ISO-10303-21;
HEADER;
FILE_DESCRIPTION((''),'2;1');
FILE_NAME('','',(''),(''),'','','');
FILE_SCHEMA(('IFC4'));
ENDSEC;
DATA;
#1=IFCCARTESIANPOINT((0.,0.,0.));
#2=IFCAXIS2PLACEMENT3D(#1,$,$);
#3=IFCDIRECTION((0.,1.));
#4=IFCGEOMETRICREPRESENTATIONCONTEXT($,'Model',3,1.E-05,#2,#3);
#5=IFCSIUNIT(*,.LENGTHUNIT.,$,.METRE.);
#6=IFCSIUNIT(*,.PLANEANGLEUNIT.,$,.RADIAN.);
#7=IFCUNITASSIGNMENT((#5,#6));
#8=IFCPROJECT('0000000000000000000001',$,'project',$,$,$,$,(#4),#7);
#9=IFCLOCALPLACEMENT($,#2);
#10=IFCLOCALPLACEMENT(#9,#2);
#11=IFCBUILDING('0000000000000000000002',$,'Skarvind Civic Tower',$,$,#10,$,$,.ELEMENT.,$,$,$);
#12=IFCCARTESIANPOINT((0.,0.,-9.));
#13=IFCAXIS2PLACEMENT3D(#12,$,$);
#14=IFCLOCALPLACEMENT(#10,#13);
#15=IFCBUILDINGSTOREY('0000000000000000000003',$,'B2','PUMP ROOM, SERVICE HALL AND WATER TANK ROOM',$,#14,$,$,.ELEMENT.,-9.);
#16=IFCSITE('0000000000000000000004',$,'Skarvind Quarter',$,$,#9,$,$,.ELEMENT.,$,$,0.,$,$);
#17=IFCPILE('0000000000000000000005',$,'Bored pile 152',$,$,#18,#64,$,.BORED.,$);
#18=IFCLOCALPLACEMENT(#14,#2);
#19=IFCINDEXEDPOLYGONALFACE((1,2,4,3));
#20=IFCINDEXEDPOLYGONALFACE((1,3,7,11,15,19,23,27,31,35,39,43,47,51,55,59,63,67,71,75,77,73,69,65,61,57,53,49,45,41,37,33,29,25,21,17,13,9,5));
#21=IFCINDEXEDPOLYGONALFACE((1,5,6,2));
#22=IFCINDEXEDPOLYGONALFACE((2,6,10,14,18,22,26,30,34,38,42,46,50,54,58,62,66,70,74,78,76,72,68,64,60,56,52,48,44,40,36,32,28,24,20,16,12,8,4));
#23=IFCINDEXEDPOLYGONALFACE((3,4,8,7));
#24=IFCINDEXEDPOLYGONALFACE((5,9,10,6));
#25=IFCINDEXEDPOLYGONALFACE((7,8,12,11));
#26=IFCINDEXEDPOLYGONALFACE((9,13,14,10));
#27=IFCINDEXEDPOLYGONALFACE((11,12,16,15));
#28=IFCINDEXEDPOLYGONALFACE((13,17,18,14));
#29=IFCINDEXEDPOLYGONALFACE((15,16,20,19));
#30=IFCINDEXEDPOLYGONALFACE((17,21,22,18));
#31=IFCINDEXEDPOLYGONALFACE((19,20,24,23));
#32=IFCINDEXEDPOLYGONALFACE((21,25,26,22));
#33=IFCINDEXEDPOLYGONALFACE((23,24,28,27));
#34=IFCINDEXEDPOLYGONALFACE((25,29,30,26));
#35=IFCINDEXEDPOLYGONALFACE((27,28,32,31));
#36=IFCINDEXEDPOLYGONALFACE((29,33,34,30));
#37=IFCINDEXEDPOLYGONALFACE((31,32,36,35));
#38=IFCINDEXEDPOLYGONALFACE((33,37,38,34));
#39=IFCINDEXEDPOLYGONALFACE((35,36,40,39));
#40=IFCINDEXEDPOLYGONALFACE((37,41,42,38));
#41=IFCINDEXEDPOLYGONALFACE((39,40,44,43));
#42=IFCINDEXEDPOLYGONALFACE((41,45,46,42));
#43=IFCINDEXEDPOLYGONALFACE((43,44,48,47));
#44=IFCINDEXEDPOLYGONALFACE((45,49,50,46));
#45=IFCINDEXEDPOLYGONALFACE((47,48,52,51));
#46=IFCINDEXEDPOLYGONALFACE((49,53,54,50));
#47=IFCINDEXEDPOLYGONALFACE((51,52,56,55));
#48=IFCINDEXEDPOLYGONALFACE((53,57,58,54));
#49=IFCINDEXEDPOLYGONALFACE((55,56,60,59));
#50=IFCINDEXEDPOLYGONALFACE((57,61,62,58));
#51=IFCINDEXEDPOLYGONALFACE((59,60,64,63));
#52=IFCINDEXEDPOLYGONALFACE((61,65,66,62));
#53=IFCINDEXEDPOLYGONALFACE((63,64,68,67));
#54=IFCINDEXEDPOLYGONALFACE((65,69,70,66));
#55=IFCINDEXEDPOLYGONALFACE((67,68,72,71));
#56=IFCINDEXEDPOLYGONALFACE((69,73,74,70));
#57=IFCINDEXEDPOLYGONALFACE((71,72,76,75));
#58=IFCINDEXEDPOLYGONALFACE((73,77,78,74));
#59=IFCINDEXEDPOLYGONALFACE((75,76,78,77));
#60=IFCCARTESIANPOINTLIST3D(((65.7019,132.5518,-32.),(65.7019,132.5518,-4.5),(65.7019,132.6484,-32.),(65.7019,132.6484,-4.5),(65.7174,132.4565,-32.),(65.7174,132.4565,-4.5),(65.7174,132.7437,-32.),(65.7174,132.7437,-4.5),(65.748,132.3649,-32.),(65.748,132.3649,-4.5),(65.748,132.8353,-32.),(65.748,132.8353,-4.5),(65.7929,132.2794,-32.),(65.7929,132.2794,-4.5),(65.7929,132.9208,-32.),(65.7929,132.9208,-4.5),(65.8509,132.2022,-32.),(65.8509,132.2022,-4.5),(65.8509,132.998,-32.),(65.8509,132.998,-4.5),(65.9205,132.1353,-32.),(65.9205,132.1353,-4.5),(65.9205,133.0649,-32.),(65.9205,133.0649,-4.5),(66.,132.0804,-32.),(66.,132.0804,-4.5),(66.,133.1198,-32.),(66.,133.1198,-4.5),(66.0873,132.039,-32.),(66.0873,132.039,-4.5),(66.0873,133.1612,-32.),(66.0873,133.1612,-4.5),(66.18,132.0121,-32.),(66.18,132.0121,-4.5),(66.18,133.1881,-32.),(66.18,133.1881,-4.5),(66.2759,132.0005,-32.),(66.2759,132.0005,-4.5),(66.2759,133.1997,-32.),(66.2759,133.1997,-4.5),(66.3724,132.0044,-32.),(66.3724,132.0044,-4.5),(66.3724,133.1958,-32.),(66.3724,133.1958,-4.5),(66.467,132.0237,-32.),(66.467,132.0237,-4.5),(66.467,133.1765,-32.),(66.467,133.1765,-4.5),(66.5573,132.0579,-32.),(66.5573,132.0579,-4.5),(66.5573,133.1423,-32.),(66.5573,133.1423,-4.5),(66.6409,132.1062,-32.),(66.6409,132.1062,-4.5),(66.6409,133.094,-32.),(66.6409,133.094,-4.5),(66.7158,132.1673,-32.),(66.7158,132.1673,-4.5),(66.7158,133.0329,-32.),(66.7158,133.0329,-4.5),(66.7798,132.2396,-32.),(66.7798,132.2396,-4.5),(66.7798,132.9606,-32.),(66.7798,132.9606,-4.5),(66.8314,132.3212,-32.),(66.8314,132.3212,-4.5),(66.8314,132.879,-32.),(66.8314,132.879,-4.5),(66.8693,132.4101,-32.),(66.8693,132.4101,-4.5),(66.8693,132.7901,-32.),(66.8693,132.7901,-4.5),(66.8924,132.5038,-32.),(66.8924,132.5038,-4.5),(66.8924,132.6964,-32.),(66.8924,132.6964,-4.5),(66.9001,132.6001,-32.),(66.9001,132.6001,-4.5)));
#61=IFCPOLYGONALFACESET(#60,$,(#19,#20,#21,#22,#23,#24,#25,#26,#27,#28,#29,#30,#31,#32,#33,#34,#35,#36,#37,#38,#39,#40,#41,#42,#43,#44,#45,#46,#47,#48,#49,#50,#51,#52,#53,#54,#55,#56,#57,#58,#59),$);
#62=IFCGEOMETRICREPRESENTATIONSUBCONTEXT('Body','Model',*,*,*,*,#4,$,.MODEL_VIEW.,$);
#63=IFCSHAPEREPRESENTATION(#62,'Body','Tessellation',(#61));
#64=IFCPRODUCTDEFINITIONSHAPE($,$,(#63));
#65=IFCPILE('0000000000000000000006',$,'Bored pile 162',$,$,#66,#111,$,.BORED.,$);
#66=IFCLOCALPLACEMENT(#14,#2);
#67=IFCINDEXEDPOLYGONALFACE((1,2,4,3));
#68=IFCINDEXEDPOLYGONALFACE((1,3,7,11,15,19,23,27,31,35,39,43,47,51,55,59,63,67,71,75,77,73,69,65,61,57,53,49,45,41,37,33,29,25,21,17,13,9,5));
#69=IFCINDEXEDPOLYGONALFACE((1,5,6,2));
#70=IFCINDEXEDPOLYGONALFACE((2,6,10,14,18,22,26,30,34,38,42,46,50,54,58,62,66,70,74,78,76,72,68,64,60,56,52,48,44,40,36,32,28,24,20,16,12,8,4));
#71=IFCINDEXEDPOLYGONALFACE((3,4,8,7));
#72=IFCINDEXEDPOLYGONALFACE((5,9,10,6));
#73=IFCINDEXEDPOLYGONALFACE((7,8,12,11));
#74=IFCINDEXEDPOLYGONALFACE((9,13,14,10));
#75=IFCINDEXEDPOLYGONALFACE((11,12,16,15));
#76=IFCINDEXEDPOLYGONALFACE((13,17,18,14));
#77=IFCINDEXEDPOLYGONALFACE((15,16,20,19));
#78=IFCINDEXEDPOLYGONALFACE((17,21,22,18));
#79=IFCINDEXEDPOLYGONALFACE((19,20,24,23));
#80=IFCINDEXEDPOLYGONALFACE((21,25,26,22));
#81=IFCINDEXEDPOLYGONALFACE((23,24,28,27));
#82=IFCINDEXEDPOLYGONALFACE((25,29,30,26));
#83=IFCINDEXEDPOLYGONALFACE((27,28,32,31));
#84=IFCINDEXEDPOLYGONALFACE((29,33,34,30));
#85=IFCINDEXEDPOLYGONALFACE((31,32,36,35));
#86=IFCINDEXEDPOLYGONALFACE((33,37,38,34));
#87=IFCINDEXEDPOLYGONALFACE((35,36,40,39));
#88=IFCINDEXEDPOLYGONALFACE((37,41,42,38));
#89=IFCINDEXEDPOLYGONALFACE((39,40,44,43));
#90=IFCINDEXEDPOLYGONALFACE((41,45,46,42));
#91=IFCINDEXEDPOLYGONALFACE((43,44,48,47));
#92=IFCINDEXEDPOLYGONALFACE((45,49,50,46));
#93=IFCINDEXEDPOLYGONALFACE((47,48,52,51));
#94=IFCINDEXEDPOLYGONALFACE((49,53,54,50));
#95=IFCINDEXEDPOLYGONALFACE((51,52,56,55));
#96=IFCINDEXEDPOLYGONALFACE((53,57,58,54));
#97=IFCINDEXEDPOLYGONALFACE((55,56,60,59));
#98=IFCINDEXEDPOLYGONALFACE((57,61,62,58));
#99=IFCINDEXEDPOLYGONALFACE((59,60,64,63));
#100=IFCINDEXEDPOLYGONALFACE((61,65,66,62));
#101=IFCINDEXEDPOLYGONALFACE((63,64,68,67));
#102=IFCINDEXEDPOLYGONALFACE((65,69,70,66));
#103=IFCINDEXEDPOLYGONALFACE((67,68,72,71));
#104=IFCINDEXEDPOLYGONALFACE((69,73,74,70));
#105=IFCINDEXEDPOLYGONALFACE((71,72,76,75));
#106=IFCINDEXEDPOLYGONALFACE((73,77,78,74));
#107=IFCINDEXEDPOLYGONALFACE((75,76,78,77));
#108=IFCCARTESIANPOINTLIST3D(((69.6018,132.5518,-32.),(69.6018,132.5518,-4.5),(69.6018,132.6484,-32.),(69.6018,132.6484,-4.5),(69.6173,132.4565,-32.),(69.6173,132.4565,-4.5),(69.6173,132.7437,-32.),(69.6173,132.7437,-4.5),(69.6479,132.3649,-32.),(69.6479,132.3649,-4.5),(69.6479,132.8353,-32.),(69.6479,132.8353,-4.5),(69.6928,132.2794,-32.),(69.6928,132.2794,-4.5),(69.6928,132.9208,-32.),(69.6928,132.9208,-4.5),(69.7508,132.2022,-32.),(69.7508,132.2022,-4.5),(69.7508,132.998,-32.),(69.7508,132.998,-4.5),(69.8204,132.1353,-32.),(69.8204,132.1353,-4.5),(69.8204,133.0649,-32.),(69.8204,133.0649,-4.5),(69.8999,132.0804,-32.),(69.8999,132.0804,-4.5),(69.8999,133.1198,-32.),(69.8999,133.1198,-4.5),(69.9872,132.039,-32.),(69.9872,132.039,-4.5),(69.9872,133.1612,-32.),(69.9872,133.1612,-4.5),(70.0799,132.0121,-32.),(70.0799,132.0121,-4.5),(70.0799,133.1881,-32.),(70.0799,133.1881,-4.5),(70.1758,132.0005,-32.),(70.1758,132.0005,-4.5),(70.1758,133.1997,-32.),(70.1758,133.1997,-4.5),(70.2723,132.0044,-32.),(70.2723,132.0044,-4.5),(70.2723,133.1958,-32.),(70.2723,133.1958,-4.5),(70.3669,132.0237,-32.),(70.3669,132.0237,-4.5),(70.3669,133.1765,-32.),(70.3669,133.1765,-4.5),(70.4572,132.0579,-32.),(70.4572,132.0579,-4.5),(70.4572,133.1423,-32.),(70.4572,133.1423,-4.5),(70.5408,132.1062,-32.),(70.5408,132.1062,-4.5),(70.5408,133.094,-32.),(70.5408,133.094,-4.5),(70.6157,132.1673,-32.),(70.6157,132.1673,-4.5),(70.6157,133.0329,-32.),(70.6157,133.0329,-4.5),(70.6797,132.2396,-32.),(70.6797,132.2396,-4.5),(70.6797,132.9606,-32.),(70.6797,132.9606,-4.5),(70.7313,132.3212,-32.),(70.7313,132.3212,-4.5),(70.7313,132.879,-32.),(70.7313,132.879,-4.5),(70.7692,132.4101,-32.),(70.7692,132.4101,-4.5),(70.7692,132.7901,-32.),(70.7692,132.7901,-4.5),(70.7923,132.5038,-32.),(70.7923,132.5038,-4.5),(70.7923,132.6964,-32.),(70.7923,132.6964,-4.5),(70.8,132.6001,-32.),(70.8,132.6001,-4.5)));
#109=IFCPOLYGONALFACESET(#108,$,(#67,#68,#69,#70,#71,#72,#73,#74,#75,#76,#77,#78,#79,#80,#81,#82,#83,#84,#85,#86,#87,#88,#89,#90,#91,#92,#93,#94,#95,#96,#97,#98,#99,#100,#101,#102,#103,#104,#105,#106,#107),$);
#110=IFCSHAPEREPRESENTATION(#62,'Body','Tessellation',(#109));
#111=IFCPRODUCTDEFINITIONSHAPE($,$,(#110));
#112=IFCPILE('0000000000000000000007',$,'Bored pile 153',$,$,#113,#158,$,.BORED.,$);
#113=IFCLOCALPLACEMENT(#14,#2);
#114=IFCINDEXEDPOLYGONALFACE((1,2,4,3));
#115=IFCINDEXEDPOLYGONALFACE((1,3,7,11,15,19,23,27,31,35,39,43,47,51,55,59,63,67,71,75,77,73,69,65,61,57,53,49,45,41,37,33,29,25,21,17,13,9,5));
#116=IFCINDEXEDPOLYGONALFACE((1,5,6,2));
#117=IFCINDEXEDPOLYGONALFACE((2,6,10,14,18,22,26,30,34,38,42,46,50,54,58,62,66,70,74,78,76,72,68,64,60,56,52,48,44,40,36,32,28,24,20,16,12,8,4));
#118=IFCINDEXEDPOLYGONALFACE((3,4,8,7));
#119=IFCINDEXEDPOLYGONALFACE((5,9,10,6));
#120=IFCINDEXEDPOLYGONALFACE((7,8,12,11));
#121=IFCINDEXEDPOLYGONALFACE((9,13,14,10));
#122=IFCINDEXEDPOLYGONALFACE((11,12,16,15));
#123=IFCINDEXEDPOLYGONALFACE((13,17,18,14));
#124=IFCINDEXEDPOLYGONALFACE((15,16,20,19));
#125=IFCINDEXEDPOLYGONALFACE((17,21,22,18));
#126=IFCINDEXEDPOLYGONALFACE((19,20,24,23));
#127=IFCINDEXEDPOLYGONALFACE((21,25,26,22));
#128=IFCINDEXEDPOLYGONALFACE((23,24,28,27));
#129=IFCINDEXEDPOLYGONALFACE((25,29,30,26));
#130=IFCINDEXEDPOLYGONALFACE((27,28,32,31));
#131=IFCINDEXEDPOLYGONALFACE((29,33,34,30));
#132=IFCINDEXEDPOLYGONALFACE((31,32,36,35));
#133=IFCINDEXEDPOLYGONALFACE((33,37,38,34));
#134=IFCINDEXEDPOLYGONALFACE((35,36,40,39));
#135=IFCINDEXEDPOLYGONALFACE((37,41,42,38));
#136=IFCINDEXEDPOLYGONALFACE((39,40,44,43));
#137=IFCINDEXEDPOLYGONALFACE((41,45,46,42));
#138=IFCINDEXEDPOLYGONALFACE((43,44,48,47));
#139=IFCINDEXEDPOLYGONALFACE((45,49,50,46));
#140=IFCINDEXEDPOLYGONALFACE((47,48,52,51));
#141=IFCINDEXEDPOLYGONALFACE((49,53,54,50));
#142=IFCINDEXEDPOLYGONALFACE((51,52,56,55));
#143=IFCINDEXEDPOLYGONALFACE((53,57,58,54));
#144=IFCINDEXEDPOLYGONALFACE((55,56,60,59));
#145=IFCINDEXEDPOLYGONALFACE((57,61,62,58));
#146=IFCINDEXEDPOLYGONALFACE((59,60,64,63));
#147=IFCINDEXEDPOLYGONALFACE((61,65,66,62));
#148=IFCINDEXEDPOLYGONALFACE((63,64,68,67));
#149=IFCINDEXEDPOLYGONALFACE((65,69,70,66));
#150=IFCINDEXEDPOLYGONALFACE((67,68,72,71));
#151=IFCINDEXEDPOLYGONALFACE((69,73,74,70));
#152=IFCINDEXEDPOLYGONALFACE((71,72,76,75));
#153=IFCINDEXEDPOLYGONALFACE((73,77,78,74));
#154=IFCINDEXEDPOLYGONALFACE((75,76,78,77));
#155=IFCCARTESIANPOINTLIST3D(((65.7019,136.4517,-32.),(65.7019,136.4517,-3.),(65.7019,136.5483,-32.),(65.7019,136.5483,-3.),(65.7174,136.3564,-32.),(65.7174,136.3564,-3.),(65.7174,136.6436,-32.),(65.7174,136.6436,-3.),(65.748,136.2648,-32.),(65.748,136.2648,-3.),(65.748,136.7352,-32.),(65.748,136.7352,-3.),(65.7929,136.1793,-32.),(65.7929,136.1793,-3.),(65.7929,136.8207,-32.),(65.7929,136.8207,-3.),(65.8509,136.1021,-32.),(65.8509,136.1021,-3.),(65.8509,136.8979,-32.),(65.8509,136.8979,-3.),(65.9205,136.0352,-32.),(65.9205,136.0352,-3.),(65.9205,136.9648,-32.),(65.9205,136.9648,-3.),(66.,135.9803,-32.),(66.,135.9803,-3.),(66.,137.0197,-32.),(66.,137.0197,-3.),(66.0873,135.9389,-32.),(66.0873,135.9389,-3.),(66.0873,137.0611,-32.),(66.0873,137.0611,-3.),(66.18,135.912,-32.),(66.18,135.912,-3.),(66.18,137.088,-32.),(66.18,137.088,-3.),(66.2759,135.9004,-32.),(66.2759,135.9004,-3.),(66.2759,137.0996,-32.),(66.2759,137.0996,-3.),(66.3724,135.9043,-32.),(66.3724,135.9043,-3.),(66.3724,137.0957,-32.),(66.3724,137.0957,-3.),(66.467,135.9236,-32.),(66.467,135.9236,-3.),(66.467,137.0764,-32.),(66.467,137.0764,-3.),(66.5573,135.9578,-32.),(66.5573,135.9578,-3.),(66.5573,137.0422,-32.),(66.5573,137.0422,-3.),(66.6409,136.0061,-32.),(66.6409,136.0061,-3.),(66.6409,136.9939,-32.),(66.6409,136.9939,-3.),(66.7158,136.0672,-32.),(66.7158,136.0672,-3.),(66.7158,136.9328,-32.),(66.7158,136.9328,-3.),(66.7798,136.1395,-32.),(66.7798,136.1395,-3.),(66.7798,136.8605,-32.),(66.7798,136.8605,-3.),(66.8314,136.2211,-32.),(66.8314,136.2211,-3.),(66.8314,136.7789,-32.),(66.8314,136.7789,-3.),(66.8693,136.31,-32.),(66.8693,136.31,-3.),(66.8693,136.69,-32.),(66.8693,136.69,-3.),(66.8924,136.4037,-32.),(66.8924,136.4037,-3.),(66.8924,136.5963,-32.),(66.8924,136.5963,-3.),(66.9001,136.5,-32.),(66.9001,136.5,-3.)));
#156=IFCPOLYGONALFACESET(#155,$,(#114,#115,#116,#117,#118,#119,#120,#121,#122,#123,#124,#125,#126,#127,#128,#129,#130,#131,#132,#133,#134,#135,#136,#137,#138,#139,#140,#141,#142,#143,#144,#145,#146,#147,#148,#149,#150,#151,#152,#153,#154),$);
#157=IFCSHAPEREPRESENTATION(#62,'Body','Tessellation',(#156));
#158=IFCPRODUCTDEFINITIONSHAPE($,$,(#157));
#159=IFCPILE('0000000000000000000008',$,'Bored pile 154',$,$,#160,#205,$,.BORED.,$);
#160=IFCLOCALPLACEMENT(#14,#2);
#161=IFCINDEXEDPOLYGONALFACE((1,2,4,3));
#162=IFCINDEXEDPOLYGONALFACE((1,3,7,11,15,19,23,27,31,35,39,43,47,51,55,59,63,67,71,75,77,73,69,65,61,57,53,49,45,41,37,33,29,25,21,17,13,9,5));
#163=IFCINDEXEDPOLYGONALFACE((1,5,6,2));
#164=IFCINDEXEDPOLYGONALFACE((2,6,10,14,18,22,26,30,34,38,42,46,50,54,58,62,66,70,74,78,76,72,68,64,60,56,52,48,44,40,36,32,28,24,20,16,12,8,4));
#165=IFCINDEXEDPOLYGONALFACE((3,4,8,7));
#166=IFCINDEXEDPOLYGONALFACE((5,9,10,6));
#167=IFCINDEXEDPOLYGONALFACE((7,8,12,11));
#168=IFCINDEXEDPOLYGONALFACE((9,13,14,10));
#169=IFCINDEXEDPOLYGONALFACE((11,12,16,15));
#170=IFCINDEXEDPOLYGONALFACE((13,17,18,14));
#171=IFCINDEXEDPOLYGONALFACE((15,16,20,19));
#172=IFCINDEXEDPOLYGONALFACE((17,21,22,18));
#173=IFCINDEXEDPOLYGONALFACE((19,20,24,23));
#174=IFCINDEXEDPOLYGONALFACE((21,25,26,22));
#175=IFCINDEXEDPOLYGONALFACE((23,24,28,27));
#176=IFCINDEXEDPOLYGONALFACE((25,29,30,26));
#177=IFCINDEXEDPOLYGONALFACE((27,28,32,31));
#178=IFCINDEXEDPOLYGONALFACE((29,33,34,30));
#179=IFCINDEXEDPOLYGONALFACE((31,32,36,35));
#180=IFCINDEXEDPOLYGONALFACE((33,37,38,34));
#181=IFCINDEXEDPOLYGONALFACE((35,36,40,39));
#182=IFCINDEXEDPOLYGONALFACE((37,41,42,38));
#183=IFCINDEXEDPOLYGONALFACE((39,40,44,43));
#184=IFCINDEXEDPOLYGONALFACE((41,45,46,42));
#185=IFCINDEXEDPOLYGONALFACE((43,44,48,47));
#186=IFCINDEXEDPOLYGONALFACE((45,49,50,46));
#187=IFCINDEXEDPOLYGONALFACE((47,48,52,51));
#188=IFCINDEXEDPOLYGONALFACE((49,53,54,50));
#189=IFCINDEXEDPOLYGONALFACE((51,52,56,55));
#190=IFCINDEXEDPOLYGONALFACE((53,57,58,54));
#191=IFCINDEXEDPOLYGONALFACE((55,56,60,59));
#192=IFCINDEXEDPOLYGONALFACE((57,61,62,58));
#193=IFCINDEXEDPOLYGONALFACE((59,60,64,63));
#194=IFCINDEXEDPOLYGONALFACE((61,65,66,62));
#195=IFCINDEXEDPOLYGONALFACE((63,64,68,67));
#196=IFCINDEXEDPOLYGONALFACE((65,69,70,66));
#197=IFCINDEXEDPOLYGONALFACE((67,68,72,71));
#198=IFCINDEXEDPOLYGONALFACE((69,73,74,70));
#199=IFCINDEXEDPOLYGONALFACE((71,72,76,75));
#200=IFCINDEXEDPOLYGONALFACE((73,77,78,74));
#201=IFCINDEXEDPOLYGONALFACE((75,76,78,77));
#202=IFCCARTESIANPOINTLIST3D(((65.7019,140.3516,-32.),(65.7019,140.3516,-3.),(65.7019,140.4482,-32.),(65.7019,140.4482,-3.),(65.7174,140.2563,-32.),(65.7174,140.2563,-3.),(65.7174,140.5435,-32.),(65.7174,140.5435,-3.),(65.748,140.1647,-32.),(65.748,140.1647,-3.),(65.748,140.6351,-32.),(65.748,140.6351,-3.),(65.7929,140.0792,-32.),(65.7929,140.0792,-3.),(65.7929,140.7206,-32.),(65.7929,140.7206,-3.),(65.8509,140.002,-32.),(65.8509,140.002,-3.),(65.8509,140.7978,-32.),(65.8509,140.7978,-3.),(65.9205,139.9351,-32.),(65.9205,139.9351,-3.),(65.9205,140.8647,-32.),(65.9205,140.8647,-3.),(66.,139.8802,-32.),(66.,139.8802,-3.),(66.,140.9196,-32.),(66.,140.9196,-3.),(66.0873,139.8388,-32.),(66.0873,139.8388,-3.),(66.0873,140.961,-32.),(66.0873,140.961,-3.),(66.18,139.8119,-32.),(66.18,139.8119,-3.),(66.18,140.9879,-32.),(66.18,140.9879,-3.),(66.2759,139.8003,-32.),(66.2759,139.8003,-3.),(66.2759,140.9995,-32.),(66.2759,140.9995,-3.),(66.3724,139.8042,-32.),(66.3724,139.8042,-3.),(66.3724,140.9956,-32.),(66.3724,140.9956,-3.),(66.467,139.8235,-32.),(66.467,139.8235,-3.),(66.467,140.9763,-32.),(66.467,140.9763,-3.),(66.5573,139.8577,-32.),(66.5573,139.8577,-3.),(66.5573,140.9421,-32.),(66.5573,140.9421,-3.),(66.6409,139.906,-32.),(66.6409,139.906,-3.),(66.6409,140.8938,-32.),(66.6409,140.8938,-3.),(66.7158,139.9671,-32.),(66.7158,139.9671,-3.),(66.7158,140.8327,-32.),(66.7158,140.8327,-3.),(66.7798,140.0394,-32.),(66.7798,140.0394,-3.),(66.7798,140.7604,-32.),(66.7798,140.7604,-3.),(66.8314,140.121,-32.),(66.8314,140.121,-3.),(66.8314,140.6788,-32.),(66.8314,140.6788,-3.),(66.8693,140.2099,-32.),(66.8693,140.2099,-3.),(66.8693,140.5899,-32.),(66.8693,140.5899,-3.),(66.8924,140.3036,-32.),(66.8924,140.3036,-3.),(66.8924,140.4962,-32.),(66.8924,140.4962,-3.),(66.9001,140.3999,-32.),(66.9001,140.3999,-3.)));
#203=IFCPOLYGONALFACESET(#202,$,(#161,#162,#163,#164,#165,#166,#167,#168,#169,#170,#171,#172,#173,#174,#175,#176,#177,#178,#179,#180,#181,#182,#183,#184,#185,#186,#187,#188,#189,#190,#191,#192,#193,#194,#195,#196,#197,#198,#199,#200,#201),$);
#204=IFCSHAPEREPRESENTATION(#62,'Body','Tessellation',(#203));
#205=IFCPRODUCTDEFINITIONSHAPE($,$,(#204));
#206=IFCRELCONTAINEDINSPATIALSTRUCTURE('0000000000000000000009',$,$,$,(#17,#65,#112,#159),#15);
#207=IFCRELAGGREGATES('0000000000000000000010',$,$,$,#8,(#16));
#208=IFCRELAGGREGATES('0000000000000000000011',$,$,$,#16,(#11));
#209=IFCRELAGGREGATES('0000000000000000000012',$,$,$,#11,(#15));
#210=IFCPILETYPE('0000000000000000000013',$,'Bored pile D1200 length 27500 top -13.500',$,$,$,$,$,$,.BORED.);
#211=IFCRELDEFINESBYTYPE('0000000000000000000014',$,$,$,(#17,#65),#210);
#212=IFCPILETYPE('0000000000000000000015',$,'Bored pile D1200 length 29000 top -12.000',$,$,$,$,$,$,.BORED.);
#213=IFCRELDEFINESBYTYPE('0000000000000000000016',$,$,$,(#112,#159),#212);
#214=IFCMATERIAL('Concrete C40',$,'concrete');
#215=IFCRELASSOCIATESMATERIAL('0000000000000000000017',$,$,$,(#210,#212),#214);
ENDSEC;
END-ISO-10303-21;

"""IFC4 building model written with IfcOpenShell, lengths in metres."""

from ifc_helpers import new_model, si_unit, direction, frame, origin, origin_2d, place, context, subcontext, project, spatial, circle, extrude, material, type_object, element, save


model = new_model("IFC4")

# Units and contexts
model_context = context("Model", 3, precision=1e-05, world=origin(), true_north=direction((0.0, 1.0)))
body_context = subcontext(model_context, "Body", "Model", "MODEL_VIEW")
ifc_project = project(units=[si_unit("LENGTHUNIT", "METRE"), si_unit("PLANEANGLEUNIT", "RADIAN")], contexts=[model_context])

# Site, building, storey
site_placement = place(None, origin())
site = spatial("IfcSite", under=ifc_project, at=site_placement, Name="Skarvind Quarter", CompositionType="ELEMENT", RefElevation=0.0)
building_placement = place(site_placement, origin())
building = spatial("IfcBuilding", under=site, at=building_placement, Name="Skarvind Civic Tower", CompositionType="ELEMENT")
storey_placement = place(building_placement, frame((0.0, 0.0, -9.0)))
storey = spatial("IfcBuildingStorey", under=building, at=storey_placement, Name="B2", Description="PUMP ROOM, SERVICE HALL AND WATER TANK ROOM", CompositionType="ELEMENT", Elevation=-9.0)

# Piles
ifc_material_1 = material(Name="Concrete C40", Category="concrete")
pile_type_1 = type_object("IfcPileType", Name="Bored pile D1200 length 27500 top -13.500", PredefinedType="BORED", material=ifc_material_1)
for number, where, z_axis, x_axis, name in (
    (1, (66.3, 132.6001, -4.5), (0.0, 0.0, -1.0), (1.0, 0.0, 0.0), "Bored pile 152"),
    (2, (70.2, 132.6001, -4.5), (0.0, 0.0, -1.0), (1.0, 0.0, 0.0), "Bored pile 162"),
):
    element("IfcPile", number, at=place(storey_placement, frame(where, z_axis=z_axis, x_axis=x_axis)), inside=storey, type_object=pile_type_1, Name=name, PredefinedType="BORED", context=body_context, shape_type="SweptSolid", body=[
        extrude(circle(Radius=0.6001, at=origin_2d()), origin(), (0.0, 0.0, 1.0), 27.5),
    ])
pile_type_2 = type_object("IfcPileType", Name="Bored pile D1200 length 29000 top -12.000", PredefinedType="BORED", material=ifc_material_1)
for number, where, z_axis, x_axis, name in (
    (3, (66.3, 136.5, -3.0), (0.0, 0.0, -1.0), (1.0, 0.0, 0.0), "Bored pile 153"),
    (4, (66.3, 140.3999, -3.0), (0.0, 0.0, -1.0), (1.0, 0.0, 0.0), "Bored pile 154"),
):
    element("IfcPile", number, at=place(storey_placement, frame(where, z_axis=z_axis, x_axis=x_axis)), inside=storey, type_object=pile_type_2, Name=name, PredefinedType="BORED", context=body_context, shape_type="SweptSolid", body=[
        extrude(circle(Radius=0.6001, at=origin_2d()), origin(), (0.0, 0.0, 1.0), 29.0),
    ])

save(model, "model.ifc")
